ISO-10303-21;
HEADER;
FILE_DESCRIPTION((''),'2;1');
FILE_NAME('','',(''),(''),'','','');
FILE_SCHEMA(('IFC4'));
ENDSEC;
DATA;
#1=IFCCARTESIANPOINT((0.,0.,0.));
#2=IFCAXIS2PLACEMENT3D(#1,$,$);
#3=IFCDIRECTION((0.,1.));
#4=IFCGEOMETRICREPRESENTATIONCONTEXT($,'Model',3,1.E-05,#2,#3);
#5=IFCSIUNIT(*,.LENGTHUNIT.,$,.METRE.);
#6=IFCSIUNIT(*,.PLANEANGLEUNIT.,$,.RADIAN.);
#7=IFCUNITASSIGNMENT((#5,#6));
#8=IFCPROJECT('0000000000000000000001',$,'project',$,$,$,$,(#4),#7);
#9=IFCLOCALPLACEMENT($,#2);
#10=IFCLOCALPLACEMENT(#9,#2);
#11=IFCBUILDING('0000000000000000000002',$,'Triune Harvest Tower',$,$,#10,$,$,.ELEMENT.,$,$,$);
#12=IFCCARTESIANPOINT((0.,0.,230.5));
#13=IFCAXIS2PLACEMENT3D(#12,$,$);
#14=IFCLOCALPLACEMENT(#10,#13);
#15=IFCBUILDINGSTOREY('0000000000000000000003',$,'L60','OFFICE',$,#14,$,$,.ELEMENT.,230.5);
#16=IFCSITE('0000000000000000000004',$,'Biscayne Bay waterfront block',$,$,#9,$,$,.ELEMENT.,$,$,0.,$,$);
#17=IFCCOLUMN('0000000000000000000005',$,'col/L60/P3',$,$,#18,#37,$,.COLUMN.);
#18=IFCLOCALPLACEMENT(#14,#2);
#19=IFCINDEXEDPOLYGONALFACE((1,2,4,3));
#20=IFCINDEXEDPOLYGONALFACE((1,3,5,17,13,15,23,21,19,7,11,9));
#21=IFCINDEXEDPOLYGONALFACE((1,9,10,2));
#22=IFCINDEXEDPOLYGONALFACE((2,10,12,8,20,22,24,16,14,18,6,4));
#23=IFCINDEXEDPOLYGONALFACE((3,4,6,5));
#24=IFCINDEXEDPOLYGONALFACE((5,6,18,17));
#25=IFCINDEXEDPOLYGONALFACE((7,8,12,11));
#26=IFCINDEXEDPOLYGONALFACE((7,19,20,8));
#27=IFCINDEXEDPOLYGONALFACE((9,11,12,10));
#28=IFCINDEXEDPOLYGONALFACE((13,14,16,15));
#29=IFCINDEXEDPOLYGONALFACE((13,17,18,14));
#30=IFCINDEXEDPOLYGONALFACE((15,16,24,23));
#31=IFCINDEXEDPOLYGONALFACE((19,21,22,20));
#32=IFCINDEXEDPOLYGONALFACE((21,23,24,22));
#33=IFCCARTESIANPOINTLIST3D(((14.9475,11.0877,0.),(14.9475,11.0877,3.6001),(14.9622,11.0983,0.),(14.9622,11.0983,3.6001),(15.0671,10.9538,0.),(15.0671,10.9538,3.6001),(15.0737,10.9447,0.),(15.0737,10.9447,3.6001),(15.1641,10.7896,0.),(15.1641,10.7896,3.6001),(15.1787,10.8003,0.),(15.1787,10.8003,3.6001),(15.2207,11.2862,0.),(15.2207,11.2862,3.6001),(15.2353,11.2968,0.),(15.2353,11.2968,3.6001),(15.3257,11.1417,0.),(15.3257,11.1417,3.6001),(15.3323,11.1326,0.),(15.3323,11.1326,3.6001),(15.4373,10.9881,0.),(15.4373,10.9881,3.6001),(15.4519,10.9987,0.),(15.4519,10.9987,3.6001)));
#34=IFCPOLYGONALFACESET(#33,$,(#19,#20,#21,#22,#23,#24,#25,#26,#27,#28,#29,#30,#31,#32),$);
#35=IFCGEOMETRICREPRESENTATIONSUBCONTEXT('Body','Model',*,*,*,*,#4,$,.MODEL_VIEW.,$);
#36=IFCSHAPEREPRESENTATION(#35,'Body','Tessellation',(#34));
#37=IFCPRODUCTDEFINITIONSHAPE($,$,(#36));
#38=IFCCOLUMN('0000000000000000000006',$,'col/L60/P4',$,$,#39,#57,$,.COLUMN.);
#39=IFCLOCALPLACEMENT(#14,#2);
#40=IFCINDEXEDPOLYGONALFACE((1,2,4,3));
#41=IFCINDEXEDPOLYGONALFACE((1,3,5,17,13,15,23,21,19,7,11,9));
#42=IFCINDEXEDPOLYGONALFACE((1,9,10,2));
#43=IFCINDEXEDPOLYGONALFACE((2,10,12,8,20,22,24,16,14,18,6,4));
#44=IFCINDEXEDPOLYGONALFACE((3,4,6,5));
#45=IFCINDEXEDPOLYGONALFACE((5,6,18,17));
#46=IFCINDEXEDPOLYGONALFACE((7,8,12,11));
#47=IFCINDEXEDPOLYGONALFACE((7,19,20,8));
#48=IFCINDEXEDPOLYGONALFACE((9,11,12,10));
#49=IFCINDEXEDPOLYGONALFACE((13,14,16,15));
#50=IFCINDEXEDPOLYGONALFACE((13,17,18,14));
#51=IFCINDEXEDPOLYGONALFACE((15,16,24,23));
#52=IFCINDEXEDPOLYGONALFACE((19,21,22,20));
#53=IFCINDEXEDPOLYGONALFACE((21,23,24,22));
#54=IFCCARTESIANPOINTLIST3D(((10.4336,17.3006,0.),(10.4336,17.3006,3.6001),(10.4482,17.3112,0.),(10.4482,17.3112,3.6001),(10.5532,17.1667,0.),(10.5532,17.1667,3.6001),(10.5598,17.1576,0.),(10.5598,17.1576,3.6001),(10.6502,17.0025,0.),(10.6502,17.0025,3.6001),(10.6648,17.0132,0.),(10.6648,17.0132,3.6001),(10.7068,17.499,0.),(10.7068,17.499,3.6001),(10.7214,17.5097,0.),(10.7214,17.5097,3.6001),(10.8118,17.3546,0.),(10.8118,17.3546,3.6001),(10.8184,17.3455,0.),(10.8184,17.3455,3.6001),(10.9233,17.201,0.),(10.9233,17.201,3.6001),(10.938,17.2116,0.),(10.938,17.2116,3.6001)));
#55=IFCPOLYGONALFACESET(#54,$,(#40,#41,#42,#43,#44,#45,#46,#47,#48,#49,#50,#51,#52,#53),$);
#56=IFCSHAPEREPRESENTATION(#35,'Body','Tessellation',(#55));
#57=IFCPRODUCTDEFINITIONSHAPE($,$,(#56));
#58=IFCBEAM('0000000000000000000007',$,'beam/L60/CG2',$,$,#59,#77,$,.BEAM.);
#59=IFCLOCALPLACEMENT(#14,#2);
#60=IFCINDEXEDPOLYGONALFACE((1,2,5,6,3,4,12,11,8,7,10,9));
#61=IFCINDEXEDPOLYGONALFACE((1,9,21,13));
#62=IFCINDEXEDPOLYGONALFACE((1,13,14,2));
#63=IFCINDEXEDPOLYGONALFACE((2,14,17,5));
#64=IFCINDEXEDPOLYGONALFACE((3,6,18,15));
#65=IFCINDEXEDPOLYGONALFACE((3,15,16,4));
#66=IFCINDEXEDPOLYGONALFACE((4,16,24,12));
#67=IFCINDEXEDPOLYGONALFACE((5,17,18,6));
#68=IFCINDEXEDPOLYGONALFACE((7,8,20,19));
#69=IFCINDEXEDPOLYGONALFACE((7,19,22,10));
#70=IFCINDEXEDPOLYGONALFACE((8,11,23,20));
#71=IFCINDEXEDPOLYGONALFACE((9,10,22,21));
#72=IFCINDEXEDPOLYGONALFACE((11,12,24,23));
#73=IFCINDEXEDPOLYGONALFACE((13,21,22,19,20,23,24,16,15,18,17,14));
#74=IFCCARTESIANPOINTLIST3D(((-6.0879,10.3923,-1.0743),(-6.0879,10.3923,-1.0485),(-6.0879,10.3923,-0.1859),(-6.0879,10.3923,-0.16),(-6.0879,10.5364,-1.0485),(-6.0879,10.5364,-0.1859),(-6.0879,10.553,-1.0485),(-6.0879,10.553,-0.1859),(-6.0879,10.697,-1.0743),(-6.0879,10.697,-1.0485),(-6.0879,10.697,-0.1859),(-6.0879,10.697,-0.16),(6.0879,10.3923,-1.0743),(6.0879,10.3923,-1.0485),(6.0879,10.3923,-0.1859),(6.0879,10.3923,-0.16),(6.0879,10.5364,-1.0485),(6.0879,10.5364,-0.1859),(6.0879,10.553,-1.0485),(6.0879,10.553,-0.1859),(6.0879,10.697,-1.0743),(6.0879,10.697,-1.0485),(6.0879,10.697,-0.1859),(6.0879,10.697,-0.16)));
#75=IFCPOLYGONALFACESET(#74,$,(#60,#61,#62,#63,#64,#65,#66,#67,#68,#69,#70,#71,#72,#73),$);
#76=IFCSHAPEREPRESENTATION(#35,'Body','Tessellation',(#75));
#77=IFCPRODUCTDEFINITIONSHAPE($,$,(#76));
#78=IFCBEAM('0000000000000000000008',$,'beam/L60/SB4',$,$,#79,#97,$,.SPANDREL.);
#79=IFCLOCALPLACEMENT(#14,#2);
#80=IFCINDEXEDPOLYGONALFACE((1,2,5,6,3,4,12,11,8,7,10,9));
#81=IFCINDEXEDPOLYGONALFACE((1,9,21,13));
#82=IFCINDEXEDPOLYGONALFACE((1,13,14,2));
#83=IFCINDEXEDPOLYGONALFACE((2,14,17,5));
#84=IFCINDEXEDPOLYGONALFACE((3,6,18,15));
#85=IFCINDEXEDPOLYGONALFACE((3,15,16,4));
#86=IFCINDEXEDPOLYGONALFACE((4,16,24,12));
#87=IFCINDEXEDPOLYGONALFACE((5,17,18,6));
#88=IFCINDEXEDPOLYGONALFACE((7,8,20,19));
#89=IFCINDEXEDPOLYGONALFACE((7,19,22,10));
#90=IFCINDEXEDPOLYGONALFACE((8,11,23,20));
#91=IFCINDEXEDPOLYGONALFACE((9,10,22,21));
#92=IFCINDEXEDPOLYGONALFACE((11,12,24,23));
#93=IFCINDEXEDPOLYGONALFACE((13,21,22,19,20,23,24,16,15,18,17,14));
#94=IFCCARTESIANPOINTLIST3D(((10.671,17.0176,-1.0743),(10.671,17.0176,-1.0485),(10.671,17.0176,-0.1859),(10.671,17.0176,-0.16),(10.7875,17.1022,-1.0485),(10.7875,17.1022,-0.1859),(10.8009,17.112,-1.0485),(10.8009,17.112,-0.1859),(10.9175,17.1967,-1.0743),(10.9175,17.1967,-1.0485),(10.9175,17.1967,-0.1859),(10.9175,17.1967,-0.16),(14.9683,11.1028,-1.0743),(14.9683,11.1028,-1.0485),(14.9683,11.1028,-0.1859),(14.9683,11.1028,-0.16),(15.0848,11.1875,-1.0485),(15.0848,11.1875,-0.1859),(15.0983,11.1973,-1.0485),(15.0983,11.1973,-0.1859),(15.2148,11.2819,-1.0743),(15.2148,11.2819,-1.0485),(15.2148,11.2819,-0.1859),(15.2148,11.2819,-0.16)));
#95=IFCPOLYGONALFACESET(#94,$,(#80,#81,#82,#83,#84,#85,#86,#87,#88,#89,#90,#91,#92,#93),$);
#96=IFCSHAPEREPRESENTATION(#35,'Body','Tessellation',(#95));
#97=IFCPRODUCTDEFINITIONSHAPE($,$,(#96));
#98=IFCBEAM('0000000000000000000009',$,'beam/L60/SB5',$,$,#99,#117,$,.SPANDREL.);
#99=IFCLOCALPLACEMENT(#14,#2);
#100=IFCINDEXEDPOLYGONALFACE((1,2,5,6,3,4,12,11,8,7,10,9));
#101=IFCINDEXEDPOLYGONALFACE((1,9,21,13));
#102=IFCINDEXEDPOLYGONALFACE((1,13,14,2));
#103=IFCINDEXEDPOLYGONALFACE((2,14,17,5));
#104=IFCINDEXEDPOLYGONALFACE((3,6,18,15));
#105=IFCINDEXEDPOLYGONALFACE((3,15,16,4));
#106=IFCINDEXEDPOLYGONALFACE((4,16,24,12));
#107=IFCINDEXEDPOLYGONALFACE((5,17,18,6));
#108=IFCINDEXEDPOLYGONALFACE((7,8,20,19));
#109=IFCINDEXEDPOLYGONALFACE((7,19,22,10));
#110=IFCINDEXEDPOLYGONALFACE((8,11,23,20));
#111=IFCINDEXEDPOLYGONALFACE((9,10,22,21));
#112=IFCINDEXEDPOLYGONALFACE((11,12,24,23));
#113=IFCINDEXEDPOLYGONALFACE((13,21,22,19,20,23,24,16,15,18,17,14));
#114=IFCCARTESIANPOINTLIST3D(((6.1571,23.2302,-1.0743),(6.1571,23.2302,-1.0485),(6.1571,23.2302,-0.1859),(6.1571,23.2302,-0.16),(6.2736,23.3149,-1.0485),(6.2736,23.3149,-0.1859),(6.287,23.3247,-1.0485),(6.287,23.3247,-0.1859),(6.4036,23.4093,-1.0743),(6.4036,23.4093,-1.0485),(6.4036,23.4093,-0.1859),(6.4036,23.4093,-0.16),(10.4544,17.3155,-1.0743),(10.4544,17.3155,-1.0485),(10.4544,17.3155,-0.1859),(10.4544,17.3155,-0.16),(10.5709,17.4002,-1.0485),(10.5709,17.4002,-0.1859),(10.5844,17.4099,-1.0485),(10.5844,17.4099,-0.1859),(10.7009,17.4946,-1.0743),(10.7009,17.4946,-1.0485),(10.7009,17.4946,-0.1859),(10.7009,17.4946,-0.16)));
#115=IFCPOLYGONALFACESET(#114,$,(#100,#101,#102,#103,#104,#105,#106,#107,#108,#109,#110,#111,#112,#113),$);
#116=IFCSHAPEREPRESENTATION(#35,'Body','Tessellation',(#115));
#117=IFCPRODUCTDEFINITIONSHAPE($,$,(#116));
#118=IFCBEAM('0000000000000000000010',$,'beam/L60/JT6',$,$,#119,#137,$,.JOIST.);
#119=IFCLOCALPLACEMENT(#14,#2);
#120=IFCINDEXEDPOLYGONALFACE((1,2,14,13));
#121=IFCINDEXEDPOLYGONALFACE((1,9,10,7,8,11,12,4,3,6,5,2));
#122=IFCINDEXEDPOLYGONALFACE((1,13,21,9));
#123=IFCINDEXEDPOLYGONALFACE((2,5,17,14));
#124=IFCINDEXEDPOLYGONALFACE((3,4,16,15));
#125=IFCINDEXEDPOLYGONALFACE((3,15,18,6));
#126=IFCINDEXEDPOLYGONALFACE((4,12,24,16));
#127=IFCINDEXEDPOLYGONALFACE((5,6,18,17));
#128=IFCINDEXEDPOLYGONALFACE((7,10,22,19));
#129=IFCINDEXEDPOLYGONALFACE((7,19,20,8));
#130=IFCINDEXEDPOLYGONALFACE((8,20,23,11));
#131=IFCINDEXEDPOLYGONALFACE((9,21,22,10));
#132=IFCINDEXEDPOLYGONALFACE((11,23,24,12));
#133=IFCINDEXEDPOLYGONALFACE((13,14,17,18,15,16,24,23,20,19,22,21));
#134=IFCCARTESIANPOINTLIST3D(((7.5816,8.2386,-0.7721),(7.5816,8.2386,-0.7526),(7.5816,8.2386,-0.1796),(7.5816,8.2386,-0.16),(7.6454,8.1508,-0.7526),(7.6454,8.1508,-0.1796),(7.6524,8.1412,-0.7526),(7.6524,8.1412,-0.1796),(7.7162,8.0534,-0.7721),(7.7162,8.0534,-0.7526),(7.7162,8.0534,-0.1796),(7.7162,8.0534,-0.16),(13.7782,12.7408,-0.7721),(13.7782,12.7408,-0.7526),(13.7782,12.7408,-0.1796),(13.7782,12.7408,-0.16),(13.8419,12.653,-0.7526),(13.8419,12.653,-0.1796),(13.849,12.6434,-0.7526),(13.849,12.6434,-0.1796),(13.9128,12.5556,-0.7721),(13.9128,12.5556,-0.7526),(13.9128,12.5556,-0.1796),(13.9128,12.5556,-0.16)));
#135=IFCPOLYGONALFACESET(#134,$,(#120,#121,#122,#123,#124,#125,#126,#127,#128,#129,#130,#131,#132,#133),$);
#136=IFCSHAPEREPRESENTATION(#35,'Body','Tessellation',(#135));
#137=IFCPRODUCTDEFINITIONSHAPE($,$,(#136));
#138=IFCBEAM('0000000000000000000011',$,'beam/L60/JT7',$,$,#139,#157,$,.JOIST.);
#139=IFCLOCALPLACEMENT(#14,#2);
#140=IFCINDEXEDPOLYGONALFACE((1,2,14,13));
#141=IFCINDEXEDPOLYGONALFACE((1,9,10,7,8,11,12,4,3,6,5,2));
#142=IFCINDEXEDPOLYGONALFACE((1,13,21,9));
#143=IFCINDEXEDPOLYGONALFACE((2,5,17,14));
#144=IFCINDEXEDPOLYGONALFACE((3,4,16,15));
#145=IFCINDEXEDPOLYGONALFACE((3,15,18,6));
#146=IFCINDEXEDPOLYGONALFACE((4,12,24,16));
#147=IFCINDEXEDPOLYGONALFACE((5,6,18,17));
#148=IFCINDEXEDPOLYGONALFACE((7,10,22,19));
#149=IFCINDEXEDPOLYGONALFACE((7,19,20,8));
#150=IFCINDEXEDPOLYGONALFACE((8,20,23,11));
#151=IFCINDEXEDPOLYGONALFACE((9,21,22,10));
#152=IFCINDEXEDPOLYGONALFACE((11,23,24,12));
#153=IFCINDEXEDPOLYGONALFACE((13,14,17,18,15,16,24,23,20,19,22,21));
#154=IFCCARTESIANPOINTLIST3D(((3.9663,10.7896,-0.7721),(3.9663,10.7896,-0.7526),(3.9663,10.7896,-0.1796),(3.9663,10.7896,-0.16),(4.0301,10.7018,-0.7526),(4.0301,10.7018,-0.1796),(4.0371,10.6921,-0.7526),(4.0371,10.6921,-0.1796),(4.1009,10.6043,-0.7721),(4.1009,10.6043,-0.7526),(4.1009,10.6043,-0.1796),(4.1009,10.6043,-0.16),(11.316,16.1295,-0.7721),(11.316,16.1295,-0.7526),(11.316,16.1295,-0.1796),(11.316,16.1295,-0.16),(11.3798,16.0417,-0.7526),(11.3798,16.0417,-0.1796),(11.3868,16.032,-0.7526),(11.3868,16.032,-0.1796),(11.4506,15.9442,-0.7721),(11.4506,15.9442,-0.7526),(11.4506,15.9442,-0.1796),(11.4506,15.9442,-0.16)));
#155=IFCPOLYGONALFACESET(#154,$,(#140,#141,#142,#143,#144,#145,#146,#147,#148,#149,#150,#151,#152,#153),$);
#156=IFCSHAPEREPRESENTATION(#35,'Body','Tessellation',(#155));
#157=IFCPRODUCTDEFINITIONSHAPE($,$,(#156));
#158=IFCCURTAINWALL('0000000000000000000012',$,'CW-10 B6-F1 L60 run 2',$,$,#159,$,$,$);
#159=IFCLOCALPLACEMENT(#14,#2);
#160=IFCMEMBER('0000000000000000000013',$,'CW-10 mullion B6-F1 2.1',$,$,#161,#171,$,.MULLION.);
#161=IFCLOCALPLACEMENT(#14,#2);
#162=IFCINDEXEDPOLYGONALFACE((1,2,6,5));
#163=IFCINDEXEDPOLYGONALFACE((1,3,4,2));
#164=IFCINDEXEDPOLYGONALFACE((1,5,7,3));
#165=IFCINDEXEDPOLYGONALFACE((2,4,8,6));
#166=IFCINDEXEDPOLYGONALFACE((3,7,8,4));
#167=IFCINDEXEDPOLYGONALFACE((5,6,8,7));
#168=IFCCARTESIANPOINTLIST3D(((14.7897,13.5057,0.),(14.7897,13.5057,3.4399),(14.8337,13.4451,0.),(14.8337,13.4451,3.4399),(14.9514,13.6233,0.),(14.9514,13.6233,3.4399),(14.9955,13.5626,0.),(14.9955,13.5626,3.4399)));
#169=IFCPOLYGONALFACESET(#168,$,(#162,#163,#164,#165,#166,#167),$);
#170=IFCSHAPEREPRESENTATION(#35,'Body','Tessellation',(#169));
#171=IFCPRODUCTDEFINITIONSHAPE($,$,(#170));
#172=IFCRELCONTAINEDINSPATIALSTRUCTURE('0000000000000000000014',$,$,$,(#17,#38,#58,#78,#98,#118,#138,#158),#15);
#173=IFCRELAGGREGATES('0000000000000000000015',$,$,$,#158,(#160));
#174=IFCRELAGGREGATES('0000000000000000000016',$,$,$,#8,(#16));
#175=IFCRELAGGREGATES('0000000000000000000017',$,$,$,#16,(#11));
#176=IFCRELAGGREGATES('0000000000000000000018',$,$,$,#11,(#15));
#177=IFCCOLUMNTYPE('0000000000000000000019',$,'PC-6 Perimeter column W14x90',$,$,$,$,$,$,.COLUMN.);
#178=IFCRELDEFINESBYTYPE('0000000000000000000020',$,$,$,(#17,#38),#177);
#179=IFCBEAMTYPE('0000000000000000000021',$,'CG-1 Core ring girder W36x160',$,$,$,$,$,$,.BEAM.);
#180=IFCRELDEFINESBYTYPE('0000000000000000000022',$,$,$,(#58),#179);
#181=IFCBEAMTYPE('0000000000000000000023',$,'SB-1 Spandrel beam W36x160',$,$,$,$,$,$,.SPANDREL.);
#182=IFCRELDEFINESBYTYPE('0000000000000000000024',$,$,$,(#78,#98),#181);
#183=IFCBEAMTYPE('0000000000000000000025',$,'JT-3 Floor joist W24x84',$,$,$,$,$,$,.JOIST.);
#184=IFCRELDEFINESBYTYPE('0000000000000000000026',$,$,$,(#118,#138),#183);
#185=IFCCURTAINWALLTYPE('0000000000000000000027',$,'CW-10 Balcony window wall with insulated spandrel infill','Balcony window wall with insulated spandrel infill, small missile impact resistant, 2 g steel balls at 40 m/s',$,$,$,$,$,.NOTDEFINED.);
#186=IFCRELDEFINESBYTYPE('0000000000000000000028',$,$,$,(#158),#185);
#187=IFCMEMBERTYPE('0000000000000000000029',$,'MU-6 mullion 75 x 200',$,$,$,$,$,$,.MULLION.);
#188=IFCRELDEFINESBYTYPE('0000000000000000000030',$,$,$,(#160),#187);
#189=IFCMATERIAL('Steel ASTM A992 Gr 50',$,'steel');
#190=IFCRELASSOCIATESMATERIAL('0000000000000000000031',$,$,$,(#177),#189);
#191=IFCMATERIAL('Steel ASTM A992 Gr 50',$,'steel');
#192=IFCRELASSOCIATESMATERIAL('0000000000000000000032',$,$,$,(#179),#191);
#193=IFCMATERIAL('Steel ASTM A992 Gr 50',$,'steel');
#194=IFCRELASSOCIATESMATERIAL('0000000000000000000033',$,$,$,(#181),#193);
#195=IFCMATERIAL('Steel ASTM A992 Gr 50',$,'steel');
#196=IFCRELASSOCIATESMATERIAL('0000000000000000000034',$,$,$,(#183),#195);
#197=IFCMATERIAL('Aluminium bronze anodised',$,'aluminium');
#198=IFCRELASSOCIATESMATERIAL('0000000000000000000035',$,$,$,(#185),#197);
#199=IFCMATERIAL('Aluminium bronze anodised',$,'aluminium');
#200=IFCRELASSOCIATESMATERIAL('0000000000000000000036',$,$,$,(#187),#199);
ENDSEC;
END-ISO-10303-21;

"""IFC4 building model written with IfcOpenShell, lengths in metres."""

from ifc_helpers import new_model, si_unit, direction, frame, origin, origin_2d, place, context, subcontext, project, spatial, rectangle, i_section, extrude, source, transform, mapped, material, material_profile, profile_set, type_object, element, aggregate, save


model = new_model("IFC4")

# Units and contexts
model_context = context("Model", 3, precision=1e-05, world=origin(), true_north=direction((0.0, 1.0)))
body_context = subcontext(model_context, "Body", "Model", "MODEL_VIEW")
ifc_project = project(units=[si_unit("LENGTHUNIT", "METRE"), si_unit("PLANEANGLEUNIT", "RADIAN")], contexts=[model_context])

# Site, building, storey
site_placement = place(None, origin())
site = spatial("IfcSite", under=ifc_project, at=site_placement, Name="Biscayne Bay waterfront block", CompositionType="ELEMENT", RefElevation=0.0)
building_placement = place(site_placement, origin())
building = spatial("IfcBuilding", under=site, at=building_placement, Name="Triune Harvest Tower", CompositionType="ELEMENT")
storey_placement = place(building_placement, frame((0.0, 0.0, 230.5)))
storey = spatial("IfcBuildingStorey", under=building, at=storey_placement, Name="L60", Description="OFFICE", CompositionType="ELEMENT", Elevation=230.5)

# Columns
ifc_material_1 = material(Name="Steel ASTM A992 Gr 50", Category="steel")
ifc_material_profile_1 = material_profile(ifc_material_1, i_section(OverallWidth=0.3684, OverallDepth=0.3557, WebThickness=0.0112, FlangeThickness=0.0181, at=origin_2d()), Name="W14x90")
ifc_profile_set_1 = profile_set([ifc_material_profile_1], Name="Steel ASTM A992 Gr 50")
column_type = type_object("IfcColumnType", Name="PC-6 Perimeter column W14x90", PredefinedType="COLUMN", material=ifc_profile_set_1)
shared_shape_1 = source(origin(), body_context, "Body", "SweptSolid", [
    extrude(i_section(OverallWidth=0.3684, OverallDepth=0.3557, WebThickness=0.0112, FlangeThickness=0.0181, at=origin_2d()), origin(), (0.0, 0.0, 1.0), 3.6001),
])
for number, where, z_axis, x_axis, name in (
    (1, (15.1997, 11.0432, 0.0), (0.0, 0.0, 1.0), (-0.587785, 0.809017, 0.0), "col/L60/P3"),
    (2, (10.6858, 17.2561, 0.0), (0.0, 0.0, 1.0), (-0.587785, 0.809017, 0.0), "col/L60/P4"),
):
    element("IfcColumn", number, at=place(storey_placement, frame(where, z_axis=z_axis, x_axis=x_axis)), inside=storey, type_object=column_type, Name=name, PredefinedType="COLUMN", context=body_context, shape_type="MappedRepresentation", body=[
        mapped(shared_shape_1, transform((0.0, 0.0, 0.0), scale=1.0)),
    ])

# Beams
ifc_material_2 = material(Name="Steel ASTM A992 Gr 50", Category="steel")
ifc_material_profile_2 = material_profile(ifc_material_2, i_section(OverallWidth=0.3047, OverallDepth=0.9143, WebThickness=0.0166, FlangeThickness=0.0259, at=origin_2d()), Name="W36x160")
ifc_profile_set_2 = profile_set([ifc_material_profile_2], Name="Steel ASTM A992 Gr 50")
beam_type_1 = type_object("IfcBeamType", Name="CG-1 Core ring girder W36x160", PredefinedType="BEAM", material=ifc_profile_set_2)
shared_shape_2 = source(origin(), body_context, "Body", "SweptSolid", [
    extrude(i_section(OverallWidth=0.3047, OverallDepth=0.9143, WebThickness=0.0166, FlangeThickness=0.0259, at=origin_2d()), origin(), (0.0, 0.0, 1.0), 12.1758),
])
beam_1_placement = place(storey_placement, frame((6.0879, 10.5447, -0.6172), z_axis=(-1.0, 0.0, 0.0), x_axis=(0.0, -1.0, 0.0)))
element("IfcBeam", 3, at=beam_1_placement, inside=storey, type_object=beam_type_1, Name="beam/L60/CG2", PredefinedType="BEAM", context=body_context, shape_type="MappedRepresentation", body=[
    mapped(shared_shape_2, transform((0.0, 0.0, 0.0), scale=1.0)),
])
ifc_material_3 = material(Name="Steel ASTM A992 Gr 50", Category="steel")
ifc_material_profile_3 = material_profile(ifc_material_3, i_section(OverallWidth=0.3047, OverallDepth=0.9143, WebThickness=0.0166, FlangeThickness=0.0259, at=origin_2d()), Name="W36x160")
ifc_profile_set_3 = profile_set([ifc_material_profile_3], Name="Steel ASTM A992 Gr 50")
beam_type_2 = type_object("IfcBeamType", Name="SB-1 Spandrel beam W36x160", PredefinedType="SPANDREL", material=ifc_profile_set_3)
shared_shape_3 = source(origin(), body_context, "Body", "SweptSolid", [
    extrude(i_section(OverallWidth=0.3047, OverallDepth=0.9143, WebThickness=0.0166, FlangeThickness=0.0259, at=origin_2d()), origin(), (0.0, 0.0, 1.0), 7.311),
])
for number, where, z_axis, x_axis, name in (
    (4, (15.0916, 11.1924, -0.6172), (-0.587786, 0.809016, 0.0), (-0.809016, -0.587786, 0.0), "beam/L60/SB4"),
    (5, (10.5776, 17.405, -0.6172), (-0.587786, 0.809016, 0.0), (-0.809016, -0.587786, 0.0), "beam/L60/SB5"),
):
    element("IfcBeam", number, at=place(storey_placement, frame(where, z_axis=z_axis, x_axis=x_axis)), inside=storey, type_object=beam_type_2, Name=name, PredefinedType="SPANDREL", context=body_context, shape_type="MappedRepresentation", body=[
        mapped(shared_shape_3, transform((0.0, 0.0, 0.0), scale=1.0)),
    ])
ifc_material_4 = material(Name="Steel ASTM A992 Gr 50", Category="steel")
ifc_material_profile_4 = material_profile(ifc_material_4, i_section(OverallWidth=0.229, OverallDepth=0.6121, WebThickness=0.012, FlangeThickness=0.0195, at=origin_2d()), Name="W24x84")
ifc_profile_set_4 = profile_set([ifc_material_profile_4], Name="Steel ASTM A992 Gr 50")
beam_type_3 = type_object("IfcBeamType", Name="JT-3 Floor joist W24x84", PredefinedType="JOIST", material=ifc_profile_set_4)
shared_shape_4 = source(origin(), body_context, "Body", "SweptSolid", [
    extrude(i_section(OverallWidth=0.229, OverallDepth=0.6121, WebThickness=0.012, FlangeThickness=0.0195, at=origin_2d()), origin(), (0.0, 0.0, 1.0), 7.6594),
])
beam_2_placement = place(storey_placement, frame((13.8455, 12.6482, -0.4661), z_axis=(-0.809008, -0.587798, 0.0), x_axis=(0.587798, -0.809008, 0.0)))
element("IfcBeam", 6, at=beam_2_placement, inside=storey, type_object=beam_type_3, Name="beam/L60/JT6", PredefinedType="JOIST", context=body_context, shape_type="MappedRepresentation", body=[
    mapped(shared_shape_4, transform((0.0, 0.0, 0.0), scale=1.0)),
])
shared_shape_5 = source(origin(), body_context, "Body", "SweptSolid", [
    extrude(i_section(OverallWidth=0.229, OverallDepth=0.6121, WebThickness=0.012, FlangeThickness=0.0195, at=origin_2d()), origin(), (0.0, 0.0, 1.0), 9.0847),
])
beam_3_placement = place(storey_placement, frame((11.3833, 16.0369, -0.4661), z_axis=(-0.809015, -0.587788, 0.0), x_axis=(0.587788, -0.809015, 0.0)))
element("IfcBeam", 7, at=beam_3_placement, inside=storey, type_object=beam_type_3, Name="beam/L60/JT7", PredefinedType="JOIST", context=body_context, shape_type="MappedRepresentation", body=[
    mapped(shared_shape_5, transform((0.0, 0.0, 0.0), scale=1.0)),
])

# Curtain wall, member
ifc_material_5 = material(Name="Aluminium bronze anodised", Category="aluminium")
curtain_wall_type = type_object("IfcCurtainWallType", Name="CW-10 Balcony window wall with insulated spandrel infill", Description="Balcony window wall with insulated spandrel infill, small missile impact resistant, 2 g steel balls at 40 m/s", PredefinedType="NOTDEFINED", material=ifc_material_5)
curtain_wall_placement = place(storey_placement, origin())
curtain_wall = element("IfcCurtainWall", 8, at=curtain_wall_placement, inside=storey, type_object=curtain_wall_type, Name="CW-10 B6-F1 L60 run 2")
ifc_material_6 = material(Name="Aluminium bronze anodised", Category="aluminium")
ifc_material_profile_5 = material_profile(ifc_material_6, rectangle(XDim=0.2, YDim=0.075, at=origin_2d()), Name="MU-6 mullion 75 x 200")
ifc_profile_set_5 = profile_set([ifc_material_profile_5], Name="Aluminium bronze anodised")
member_type_1 = type_object("IfcMemberType", Name="MU-6 mullion 75 x 200", PredefinedType="MULLION", material=ifc_profile_set_5)
shared_shape_6 = source(origin(), body_context, "Body", "SweptSolid", [
    extrude(rectangle(XDim=0.2, YDim=0.075, at=origin_2d()), origin(), (0.0, 0.0, 1.0), 3.4399),
])
member_1_placement = place(storey_placement, frame((14.8926, 13.5342, 0.0), z_axis=(0.0, 0.0, 1.0), x_axis=(-0.809018, -0.587784, 0.0)))
member_1 = element("IfcMember", 9, at=member_1_placement, type_object=member_type_1, Name="CW-10 mullion B6-F1 2.1", PredefinedType="MULLION", context=body_context, shape_type="MappedRepresentation", body=[
    mapped(shared_shape_6, transform((0.0, 0.0, 0.0), scale=1.0)),
])

aggregate(curtain_wall, [member_1])

save(model, "model.ifc")
